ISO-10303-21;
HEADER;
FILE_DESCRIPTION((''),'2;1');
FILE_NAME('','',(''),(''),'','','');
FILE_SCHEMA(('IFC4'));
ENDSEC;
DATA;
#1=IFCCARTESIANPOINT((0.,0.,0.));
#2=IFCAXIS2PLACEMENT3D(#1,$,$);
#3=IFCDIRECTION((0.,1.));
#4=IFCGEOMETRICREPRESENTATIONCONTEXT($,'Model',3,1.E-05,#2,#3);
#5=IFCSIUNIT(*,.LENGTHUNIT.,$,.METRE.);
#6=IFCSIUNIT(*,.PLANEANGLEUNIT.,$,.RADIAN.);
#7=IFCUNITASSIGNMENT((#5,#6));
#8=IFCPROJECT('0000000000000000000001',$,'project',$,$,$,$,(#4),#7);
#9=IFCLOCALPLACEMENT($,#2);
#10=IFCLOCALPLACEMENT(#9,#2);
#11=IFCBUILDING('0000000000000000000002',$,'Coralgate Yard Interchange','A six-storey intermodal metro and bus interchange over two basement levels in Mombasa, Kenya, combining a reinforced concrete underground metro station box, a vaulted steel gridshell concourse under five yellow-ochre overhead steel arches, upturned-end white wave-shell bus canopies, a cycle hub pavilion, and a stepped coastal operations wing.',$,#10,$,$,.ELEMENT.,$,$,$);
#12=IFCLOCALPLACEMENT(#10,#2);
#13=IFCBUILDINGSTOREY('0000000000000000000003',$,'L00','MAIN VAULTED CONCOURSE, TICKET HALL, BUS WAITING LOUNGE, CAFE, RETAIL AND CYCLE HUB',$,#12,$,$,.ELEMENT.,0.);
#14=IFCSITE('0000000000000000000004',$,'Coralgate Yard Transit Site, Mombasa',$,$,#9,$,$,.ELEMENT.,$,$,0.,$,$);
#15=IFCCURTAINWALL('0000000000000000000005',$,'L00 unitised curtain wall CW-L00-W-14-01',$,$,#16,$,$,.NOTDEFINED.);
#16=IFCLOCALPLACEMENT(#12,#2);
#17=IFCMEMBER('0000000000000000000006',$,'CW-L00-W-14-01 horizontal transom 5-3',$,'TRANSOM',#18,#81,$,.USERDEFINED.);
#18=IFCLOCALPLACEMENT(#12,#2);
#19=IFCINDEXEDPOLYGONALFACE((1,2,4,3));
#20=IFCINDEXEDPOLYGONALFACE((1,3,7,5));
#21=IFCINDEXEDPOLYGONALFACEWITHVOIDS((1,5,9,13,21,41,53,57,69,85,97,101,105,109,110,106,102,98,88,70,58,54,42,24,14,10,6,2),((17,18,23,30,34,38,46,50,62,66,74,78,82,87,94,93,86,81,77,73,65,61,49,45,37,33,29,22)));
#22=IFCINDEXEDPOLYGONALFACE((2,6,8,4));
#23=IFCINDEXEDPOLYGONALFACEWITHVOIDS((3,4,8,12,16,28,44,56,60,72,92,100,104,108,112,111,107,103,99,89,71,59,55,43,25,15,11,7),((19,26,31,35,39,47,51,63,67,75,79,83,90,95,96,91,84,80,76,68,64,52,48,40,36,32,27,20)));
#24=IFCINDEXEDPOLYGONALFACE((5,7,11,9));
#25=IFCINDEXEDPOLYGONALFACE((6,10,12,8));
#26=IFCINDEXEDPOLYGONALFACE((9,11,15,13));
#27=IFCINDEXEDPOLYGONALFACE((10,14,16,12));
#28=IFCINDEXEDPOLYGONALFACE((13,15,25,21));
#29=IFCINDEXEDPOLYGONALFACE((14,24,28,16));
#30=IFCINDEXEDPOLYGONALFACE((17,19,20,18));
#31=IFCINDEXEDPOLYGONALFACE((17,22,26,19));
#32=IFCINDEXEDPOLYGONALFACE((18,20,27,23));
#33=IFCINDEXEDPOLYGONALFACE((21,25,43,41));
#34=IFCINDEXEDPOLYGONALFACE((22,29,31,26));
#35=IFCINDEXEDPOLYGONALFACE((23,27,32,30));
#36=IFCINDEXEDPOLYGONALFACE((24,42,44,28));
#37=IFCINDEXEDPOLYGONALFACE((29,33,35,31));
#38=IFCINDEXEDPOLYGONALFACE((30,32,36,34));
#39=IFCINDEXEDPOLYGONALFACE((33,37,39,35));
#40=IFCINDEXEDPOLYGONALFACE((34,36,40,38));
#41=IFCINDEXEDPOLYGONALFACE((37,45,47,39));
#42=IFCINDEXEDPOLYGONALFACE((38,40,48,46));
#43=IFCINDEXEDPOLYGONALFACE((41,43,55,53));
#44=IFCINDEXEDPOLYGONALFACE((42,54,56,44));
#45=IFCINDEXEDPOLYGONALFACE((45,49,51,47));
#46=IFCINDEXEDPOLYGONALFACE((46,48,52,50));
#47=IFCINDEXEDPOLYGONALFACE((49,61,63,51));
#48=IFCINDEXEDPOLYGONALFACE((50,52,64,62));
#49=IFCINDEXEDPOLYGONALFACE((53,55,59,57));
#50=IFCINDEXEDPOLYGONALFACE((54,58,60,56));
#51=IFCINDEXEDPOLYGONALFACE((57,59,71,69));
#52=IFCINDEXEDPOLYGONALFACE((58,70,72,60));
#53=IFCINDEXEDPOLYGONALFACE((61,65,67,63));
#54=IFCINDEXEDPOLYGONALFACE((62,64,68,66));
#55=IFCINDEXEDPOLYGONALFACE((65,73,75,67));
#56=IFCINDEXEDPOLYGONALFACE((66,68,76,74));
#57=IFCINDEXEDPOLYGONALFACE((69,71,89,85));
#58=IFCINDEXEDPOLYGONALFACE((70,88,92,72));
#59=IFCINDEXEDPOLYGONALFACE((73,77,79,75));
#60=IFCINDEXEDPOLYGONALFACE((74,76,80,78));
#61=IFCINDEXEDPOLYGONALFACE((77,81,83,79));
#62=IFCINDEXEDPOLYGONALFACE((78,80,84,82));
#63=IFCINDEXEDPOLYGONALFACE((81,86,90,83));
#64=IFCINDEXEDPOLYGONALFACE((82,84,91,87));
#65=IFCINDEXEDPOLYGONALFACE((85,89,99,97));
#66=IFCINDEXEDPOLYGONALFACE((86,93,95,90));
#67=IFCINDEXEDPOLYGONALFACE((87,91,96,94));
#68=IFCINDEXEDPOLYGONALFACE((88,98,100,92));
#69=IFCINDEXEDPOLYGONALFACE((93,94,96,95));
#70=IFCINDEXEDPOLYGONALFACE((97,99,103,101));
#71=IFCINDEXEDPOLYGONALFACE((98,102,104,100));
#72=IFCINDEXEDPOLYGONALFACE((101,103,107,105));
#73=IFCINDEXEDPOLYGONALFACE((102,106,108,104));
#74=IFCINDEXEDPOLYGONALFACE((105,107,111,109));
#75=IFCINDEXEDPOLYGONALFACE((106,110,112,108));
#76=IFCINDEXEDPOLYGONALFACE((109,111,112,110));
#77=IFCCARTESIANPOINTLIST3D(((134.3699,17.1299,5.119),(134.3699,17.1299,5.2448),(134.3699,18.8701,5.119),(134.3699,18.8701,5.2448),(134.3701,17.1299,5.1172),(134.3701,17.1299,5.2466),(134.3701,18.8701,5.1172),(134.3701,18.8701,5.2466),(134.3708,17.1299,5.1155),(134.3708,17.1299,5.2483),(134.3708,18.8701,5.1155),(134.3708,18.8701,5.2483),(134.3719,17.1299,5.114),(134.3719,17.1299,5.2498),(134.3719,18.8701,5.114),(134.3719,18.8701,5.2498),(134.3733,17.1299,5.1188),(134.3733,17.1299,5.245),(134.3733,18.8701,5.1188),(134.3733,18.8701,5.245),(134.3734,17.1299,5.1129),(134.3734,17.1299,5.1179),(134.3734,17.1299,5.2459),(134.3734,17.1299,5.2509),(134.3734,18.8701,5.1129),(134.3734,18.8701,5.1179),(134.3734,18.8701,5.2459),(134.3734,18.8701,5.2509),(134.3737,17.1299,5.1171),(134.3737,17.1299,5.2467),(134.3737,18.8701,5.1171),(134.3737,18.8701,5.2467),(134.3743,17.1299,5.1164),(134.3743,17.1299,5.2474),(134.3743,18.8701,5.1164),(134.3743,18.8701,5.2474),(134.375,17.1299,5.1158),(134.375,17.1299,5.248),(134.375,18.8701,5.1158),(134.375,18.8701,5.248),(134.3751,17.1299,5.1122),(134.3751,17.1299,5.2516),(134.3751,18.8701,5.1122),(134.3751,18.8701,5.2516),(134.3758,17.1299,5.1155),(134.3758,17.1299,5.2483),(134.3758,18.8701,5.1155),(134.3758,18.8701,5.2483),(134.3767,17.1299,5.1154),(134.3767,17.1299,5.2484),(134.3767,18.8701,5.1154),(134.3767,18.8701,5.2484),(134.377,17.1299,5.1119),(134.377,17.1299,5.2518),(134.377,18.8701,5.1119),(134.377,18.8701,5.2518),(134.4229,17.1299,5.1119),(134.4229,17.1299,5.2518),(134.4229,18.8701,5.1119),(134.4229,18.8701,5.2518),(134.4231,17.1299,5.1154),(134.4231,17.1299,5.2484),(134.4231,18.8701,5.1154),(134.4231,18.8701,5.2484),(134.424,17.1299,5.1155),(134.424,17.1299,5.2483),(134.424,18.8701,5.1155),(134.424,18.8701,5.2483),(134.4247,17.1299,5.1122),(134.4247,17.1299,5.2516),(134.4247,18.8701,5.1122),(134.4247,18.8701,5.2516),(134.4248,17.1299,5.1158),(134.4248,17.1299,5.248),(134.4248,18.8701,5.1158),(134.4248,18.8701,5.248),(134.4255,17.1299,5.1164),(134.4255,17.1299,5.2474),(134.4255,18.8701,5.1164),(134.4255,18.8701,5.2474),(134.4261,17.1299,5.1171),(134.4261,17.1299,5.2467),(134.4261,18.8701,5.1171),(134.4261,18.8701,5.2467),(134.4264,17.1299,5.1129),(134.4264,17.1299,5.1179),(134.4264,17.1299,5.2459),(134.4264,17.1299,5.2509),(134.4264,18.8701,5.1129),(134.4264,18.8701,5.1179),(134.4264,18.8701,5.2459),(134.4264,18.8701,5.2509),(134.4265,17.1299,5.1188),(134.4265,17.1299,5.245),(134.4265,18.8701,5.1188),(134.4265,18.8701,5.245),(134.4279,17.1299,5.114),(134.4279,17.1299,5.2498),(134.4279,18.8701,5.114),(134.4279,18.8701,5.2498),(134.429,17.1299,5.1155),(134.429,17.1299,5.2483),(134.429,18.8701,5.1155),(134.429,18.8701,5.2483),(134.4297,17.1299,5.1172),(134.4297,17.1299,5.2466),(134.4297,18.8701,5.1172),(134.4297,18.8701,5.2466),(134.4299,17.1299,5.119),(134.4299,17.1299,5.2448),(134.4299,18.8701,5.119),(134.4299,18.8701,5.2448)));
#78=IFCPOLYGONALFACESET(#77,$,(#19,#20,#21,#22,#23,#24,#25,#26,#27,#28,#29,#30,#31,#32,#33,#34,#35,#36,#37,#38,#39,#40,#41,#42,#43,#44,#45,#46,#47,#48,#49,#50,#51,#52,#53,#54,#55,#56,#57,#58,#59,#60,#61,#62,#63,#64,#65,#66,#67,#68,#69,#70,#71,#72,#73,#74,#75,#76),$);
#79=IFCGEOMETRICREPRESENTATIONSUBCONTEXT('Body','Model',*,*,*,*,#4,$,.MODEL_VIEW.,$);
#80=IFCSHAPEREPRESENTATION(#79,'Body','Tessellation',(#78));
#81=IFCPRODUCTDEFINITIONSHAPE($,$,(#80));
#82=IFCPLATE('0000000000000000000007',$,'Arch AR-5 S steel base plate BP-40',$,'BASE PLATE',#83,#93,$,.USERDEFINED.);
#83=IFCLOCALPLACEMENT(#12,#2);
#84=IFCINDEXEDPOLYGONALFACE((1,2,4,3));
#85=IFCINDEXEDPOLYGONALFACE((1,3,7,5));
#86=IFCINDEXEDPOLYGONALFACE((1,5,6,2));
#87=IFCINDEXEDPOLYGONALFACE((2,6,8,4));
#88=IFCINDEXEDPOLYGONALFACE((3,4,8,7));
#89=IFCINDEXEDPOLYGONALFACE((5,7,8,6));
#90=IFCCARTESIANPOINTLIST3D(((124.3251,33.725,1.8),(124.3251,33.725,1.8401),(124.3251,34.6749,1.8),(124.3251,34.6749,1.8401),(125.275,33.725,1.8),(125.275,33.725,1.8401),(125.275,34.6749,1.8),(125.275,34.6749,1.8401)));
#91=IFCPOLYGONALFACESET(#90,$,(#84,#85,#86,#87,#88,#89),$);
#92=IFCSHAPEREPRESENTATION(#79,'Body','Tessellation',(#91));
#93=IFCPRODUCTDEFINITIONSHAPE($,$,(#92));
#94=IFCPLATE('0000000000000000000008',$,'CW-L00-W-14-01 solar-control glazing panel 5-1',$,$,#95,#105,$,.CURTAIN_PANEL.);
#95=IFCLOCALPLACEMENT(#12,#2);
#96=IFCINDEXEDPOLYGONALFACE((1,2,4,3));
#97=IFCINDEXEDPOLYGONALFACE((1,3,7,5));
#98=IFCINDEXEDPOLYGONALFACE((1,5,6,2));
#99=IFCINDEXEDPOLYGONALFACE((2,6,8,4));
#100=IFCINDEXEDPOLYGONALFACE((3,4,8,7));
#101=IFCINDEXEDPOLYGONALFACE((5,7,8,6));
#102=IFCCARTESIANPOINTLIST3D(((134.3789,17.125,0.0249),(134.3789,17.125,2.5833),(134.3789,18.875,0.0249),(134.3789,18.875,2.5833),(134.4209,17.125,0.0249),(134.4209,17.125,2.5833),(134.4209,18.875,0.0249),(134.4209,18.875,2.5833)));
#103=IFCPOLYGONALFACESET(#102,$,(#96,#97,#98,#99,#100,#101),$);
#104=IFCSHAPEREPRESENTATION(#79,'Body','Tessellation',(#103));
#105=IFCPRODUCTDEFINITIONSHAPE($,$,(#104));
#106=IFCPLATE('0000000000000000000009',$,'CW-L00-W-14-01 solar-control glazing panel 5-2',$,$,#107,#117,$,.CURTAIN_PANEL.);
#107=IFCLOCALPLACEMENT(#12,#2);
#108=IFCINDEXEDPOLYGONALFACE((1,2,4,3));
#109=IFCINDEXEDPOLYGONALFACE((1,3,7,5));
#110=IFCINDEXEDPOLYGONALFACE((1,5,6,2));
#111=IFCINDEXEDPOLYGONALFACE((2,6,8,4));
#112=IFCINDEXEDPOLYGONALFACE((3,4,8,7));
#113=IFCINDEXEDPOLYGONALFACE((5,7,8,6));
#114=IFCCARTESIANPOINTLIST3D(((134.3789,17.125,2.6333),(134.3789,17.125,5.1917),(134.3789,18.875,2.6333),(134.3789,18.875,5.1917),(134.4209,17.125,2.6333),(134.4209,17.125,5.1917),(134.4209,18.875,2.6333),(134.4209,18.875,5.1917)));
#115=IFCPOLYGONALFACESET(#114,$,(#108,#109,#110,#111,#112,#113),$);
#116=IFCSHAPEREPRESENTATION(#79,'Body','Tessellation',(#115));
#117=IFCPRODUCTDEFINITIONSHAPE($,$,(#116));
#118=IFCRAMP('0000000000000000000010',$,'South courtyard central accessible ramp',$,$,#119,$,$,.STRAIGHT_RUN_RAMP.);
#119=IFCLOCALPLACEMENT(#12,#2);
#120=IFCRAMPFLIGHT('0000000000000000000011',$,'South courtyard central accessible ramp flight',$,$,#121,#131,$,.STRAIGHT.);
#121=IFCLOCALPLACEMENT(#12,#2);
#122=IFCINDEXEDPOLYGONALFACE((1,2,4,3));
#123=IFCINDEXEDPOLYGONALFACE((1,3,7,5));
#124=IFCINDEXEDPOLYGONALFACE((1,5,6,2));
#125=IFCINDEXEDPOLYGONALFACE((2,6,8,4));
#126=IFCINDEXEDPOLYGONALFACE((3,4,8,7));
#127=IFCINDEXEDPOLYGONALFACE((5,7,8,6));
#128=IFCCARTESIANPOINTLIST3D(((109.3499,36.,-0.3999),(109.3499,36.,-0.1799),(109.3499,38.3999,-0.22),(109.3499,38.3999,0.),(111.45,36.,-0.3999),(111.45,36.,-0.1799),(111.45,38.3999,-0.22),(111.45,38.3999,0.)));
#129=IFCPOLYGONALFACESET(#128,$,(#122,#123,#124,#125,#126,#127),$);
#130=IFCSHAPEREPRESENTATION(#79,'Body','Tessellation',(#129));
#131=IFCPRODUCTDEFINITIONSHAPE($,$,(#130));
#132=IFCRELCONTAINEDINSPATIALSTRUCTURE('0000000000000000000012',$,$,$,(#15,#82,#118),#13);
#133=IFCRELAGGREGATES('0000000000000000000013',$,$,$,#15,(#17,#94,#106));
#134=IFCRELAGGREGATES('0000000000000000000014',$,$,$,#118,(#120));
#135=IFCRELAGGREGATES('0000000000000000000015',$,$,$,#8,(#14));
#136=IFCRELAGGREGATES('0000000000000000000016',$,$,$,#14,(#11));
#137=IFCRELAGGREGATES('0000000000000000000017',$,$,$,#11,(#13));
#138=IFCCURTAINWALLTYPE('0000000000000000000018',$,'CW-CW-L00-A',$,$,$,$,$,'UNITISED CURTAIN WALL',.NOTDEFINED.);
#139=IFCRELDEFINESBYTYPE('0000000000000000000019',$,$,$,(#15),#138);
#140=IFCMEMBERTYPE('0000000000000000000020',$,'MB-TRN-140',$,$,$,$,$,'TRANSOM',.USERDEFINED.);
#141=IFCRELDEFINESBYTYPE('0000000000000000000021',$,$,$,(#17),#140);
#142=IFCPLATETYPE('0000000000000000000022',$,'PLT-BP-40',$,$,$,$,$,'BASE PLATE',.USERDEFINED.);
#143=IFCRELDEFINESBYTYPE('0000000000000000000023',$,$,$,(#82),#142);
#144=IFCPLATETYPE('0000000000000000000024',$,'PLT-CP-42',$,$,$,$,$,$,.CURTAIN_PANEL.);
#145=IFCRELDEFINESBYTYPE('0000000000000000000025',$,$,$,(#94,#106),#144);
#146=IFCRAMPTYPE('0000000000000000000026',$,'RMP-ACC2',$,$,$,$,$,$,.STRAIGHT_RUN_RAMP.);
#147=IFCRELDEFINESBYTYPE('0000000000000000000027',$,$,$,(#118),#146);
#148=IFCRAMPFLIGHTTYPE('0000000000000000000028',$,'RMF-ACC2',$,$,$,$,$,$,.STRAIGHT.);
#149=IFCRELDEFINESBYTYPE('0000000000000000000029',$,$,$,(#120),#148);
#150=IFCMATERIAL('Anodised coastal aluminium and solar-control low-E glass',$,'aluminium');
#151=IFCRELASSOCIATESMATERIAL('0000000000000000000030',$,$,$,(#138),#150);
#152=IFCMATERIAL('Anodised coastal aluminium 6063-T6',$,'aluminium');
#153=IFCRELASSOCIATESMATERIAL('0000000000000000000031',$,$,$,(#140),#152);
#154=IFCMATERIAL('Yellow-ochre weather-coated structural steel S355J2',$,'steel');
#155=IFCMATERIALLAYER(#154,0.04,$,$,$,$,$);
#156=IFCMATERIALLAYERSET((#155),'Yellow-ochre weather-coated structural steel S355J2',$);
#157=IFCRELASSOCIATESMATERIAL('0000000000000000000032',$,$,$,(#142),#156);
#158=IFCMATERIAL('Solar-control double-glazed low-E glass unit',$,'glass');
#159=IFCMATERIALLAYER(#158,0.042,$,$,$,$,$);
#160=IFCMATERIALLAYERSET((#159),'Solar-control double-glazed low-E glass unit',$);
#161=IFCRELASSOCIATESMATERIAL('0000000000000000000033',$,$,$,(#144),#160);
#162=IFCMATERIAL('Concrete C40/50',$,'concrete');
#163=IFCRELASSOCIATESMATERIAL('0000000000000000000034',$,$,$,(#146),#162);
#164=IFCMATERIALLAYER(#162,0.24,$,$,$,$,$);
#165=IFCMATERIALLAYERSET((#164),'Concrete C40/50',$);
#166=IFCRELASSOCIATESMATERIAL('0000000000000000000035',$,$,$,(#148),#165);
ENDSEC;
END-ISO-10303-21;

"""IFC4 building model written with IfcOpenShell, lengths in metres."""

from ifc_helpers import new_model, si_unit, direction, frame, origin, origin_2d, place, context, subcontext, project, spatial, polyline, rectangle, hollow_rectangle, outline, extrude, material, layer, layer_set, material_profile, profile_set, type_object, element, aggregate, save


model = new_model("IFC4")

# Units and contexts
model_context = context("Model", 3, precision=1e-05, world=origin(), true_north=direction((0.0, 1.0)))
body_context = subcontext(model_context, "Body", "Model", "MODEL_VIEW")
ifc_project = project(units=[si_unit("LENGTHUNIT", "METRE"), si_unit("PLANEANGLEUNIT", "RADIAN")], contexts=[model_context])

# Site, building, storey
site_placement = place(None, origin())
site = spatial("IfcSite", under=ifc_project, at=site_placement, Name="Coralgate Yard Transit Site, Mombasa", CompositionType="ELEMENT", RefElevation=0.0)
building_placement = place(site_placement, origin())
building = spatial("IfcBuilding", under=site, at=building_placement, Name="Coralgate Yard Interchange", Description="A six-storey intermodal metro and bus interchange over two basement levels in Mombasa, Kenya, combining a reinforced concrete underground metro station box, a vaulted steel gridshell concourse under five yellow-ochre overhead steel arches, upturned-end white wave-shell bus canopies, a cycle hub pavilion, and a stepped coastal operations wing.", CompositionType="ELEMENT")
storey_placement = place(building_placement, origin())
storey = spatial("IfcBuildingStorey", under=building, at=storey_placement, Name="L00", Description="MAIN VAULTED CONCOURSE, TICKET HALL, BUS WAITING LOUNGE, CAFE, RETAIL AND CYCLE HUB", CompositionType="ELEMENT", Elevation=0.0)

# Shared definitions
ifc_material_1 = material(Name="Concrete C40/50", Category="concrete")

# Curtain wall, member
ifc_material_2 = material(Name="Anodised coastal aluminium and solar-control low-E glass", Category="aluminium")
curtain_wall_type = type_object("IfcCurtainWallType", Name="CW-CW-L00-A", ElementType="UNITISED CURTAIN WALL", PredefinedType="NOTDEFINED", material=ifc_material_2)
curtain_wall_placement = place(storey_placement, origin())
curtain_wall = element("IfcCurtainWall", 1, at=curtain_wall_placement, inside=storey, type_object=curtain_wall_type, Name="L00 unitised curtain wall CW-L00-W-14-01", PredefinedType="NOTDEFINED")
ifc_material_3 = material(Name="Anodised coastal aluminium 6063-T6", Category="aluminium")
ifc_material_profile_1 = material_profile(ifc_material_3, hollow_rectangle(XDim=0.0601, YDim=0.1399, WallThickness=0.0034, InnerFilletRadius=0.0034, OuterFilletRadius=0.0071, at=origin_2d()), Name="ALU 60x140x3.5")
ifc_profile_set_1 = profile_set([ifc_material_profile_1], Name="Anodised coastal aluminium 6063-T6")
member_type = type_object("IfcMemberType", Name="MB-TRN-140", ElementType="TRANSOM", PredefinedType="USERDEFINED", material=ifc_profile_set_1)
member_1_placement = place(storey_placement, frame((134.3999, 17.1299, 5.1819), z_axis=(0.0, 1.0, 0.0), x_axis=(-1.0, 0.0, 0.0)))
member_1 = element("IfcMember", 2, at=member_1_placement, type_object=member_type, Name="CW-L00-W-14-01 horizontal transom 5-3", ObjectType="TRANSOM", PredefinedType="USERDEFINED", context=body_context, shape_type="SweptSolid", body=[
    extrude(hollow_rectangle(XDim=0.0601, YDim=0.1399, WallThickness=0.0034, InnerFilletRadius=0.0034, OuterFilletRadius=0.0071, at=origin_2d()), origin(), (0.0, 0.0, 1.0), 1.7402),
])

# Plates
ifc_material_4 = material(Name="Yellow-ochre weather-coated structural steel S355J2", Category="steel")
ifc_layer_1 = layer(ifc_material_4, 0.04)
ifc_layer_set_1 = layer_set([ifc_layer_1], Name="Yellow-ochre weather-coated structural steel S355J2")
plate_type_1 = type_object("IfcPlateType", Name="PLT-BP-40", ElementType="BASE PLATE", PredefinedType="USERDEFINED", material=ifc_layer_set_1)
plate_1_placement = place(storey_placement, frame((124.8, 34.2, 1.8), z_axis=(0.0, 0.0, 1.0), x_axis=(1.0, 0.0, 0.0)))
element("IfcPlate", 3, at=plate_1_placement, inside=storey, type_object=plate_type_1, Name="Arch AR-5 S steel base plate BP-40", ObjectType="BASE PLATE", PredefinedType="USERDEFINED", context=body_context, shape_type="SweptSolid", body=[
    extrude(rectangle(XDim=0.95, YDim=0.95, at=origin_2d()), origin(), (0.0, 0.0, 1.0), 0.04),
])
ifc_material_5 = material(Name="Solar-control double-glazed low-E glass unit", Category="glass")
ifc_layer_2 = layer(ifc_material_5, 0.042)
ifc_layer_set_2 = layer_set([ifc_layer_2], Name="Solar-control double-glazed low-E glass unit")
plate_type_2 = type_object("IfcPlateType", Name="PLT-CP-42", PredefinedType="CURTAIN_PANEL", material=ifc_layer_set_2)
plate_2_placement = place(storey_placement, frame((134.3999, 18.0, 0.0249), z_axis=(0.0, 0.0, 1.0), x_axis=(0.0, 1.0, 0.0)))
plate_2 = element("IfcPlate", 4, at=plate_2_placement, type_object=plate_type_2, Name="CW-L00-W-14-01 solar-control glazing panel 5-1", PredefinedType="CURTAIN_PANEL", context=body_context, shape_type="SweptSolid", body=[
    extrude(rectangle(XDim=1.75, YDim=0.042, at=origin_2d()), origin(), (0.0, 0.0, 1.0), 2.5583),
])
plate_3_placement = place(storey_placement, frame((134.3999, 18.0, 2.6333), z_axis=(0.0, 0.0, 1.0), x_axis=(0.0, 1.0, 0.0)))
plate_3 = element("IfcPlate", 5, at=plate_3_placement, type_object=plate_type_2, Name="CW-L00-W-14-01 solar-control glazing panel 5-2", PredefinedType="CURTAIN_PANEL", context=body_context, shape_type="SweptSolid", body=[
    extrude(rectangle(XDim=1.75, YDim=0.042, at=origin_2d()), origin(), (0.0, 0.0, 1.0), 2.5583),
])
aggregate(curtain_wall, [member_1, plate_2, plate_3])

# Ramp, ramp flight
ramp_type = type_object("IfcRampType", Name="RMP-ACC2", PredefinedType="STRAIGHT_RUN_RAMP", material=ifc_material_1)
ramp_placement = place(storey_placement, origin())
ramp = element("IfcRamp", 6, at=ramp_placement, inside=storey, type_object=ramp_type, Name="South courtyard central accessible ramp", PredefinedType="STRAIGHT_RUN_RAMP")
ifc_layer_3 = layer(ifc_material_1, 0.24)
ifc_layer_set_3 = layer_set([ifc_layer_3], Name="Concrete C40/50")
ramp_flight_type = type_object("IfcRampFlightType", Name="RMF-ACC2", PredefinedType="STRAIGHT", material=ifc_layer_set_3)
ramp_flight_placement = place(storey_placement, frame((110.3999, 36.0, -0.1799), z_axis=(0.0, 0.0, 1.0), x_axis=(0.0, 1.0, 0.0)))
ramp_flight = element("IfcRampFlight", 7, at=ramp_flight_placement, type_object=ramp_flight_type, Name="South courtyard central accessible ramp flight", PredefinedType="STRAIGHT", context=body_context, shape_type="SweptSolid", body=[
    extrude(outline(polyline([(0.0, 0.0), (2.3999, 0.1799), (2.3999, -0.04), (0.0, -0.22), (0.0, 0.0)])), frame((0.0, 1.05, 0.0), z_axis=(0.0, -1.0, 0.0), x_axis=(1.0, 0.0, 0.0)), (0.0, 0.0, 1.0), 2.1001),
])
aggregate(ramp, [ramp_flight])

save(model, "model.ifc")
